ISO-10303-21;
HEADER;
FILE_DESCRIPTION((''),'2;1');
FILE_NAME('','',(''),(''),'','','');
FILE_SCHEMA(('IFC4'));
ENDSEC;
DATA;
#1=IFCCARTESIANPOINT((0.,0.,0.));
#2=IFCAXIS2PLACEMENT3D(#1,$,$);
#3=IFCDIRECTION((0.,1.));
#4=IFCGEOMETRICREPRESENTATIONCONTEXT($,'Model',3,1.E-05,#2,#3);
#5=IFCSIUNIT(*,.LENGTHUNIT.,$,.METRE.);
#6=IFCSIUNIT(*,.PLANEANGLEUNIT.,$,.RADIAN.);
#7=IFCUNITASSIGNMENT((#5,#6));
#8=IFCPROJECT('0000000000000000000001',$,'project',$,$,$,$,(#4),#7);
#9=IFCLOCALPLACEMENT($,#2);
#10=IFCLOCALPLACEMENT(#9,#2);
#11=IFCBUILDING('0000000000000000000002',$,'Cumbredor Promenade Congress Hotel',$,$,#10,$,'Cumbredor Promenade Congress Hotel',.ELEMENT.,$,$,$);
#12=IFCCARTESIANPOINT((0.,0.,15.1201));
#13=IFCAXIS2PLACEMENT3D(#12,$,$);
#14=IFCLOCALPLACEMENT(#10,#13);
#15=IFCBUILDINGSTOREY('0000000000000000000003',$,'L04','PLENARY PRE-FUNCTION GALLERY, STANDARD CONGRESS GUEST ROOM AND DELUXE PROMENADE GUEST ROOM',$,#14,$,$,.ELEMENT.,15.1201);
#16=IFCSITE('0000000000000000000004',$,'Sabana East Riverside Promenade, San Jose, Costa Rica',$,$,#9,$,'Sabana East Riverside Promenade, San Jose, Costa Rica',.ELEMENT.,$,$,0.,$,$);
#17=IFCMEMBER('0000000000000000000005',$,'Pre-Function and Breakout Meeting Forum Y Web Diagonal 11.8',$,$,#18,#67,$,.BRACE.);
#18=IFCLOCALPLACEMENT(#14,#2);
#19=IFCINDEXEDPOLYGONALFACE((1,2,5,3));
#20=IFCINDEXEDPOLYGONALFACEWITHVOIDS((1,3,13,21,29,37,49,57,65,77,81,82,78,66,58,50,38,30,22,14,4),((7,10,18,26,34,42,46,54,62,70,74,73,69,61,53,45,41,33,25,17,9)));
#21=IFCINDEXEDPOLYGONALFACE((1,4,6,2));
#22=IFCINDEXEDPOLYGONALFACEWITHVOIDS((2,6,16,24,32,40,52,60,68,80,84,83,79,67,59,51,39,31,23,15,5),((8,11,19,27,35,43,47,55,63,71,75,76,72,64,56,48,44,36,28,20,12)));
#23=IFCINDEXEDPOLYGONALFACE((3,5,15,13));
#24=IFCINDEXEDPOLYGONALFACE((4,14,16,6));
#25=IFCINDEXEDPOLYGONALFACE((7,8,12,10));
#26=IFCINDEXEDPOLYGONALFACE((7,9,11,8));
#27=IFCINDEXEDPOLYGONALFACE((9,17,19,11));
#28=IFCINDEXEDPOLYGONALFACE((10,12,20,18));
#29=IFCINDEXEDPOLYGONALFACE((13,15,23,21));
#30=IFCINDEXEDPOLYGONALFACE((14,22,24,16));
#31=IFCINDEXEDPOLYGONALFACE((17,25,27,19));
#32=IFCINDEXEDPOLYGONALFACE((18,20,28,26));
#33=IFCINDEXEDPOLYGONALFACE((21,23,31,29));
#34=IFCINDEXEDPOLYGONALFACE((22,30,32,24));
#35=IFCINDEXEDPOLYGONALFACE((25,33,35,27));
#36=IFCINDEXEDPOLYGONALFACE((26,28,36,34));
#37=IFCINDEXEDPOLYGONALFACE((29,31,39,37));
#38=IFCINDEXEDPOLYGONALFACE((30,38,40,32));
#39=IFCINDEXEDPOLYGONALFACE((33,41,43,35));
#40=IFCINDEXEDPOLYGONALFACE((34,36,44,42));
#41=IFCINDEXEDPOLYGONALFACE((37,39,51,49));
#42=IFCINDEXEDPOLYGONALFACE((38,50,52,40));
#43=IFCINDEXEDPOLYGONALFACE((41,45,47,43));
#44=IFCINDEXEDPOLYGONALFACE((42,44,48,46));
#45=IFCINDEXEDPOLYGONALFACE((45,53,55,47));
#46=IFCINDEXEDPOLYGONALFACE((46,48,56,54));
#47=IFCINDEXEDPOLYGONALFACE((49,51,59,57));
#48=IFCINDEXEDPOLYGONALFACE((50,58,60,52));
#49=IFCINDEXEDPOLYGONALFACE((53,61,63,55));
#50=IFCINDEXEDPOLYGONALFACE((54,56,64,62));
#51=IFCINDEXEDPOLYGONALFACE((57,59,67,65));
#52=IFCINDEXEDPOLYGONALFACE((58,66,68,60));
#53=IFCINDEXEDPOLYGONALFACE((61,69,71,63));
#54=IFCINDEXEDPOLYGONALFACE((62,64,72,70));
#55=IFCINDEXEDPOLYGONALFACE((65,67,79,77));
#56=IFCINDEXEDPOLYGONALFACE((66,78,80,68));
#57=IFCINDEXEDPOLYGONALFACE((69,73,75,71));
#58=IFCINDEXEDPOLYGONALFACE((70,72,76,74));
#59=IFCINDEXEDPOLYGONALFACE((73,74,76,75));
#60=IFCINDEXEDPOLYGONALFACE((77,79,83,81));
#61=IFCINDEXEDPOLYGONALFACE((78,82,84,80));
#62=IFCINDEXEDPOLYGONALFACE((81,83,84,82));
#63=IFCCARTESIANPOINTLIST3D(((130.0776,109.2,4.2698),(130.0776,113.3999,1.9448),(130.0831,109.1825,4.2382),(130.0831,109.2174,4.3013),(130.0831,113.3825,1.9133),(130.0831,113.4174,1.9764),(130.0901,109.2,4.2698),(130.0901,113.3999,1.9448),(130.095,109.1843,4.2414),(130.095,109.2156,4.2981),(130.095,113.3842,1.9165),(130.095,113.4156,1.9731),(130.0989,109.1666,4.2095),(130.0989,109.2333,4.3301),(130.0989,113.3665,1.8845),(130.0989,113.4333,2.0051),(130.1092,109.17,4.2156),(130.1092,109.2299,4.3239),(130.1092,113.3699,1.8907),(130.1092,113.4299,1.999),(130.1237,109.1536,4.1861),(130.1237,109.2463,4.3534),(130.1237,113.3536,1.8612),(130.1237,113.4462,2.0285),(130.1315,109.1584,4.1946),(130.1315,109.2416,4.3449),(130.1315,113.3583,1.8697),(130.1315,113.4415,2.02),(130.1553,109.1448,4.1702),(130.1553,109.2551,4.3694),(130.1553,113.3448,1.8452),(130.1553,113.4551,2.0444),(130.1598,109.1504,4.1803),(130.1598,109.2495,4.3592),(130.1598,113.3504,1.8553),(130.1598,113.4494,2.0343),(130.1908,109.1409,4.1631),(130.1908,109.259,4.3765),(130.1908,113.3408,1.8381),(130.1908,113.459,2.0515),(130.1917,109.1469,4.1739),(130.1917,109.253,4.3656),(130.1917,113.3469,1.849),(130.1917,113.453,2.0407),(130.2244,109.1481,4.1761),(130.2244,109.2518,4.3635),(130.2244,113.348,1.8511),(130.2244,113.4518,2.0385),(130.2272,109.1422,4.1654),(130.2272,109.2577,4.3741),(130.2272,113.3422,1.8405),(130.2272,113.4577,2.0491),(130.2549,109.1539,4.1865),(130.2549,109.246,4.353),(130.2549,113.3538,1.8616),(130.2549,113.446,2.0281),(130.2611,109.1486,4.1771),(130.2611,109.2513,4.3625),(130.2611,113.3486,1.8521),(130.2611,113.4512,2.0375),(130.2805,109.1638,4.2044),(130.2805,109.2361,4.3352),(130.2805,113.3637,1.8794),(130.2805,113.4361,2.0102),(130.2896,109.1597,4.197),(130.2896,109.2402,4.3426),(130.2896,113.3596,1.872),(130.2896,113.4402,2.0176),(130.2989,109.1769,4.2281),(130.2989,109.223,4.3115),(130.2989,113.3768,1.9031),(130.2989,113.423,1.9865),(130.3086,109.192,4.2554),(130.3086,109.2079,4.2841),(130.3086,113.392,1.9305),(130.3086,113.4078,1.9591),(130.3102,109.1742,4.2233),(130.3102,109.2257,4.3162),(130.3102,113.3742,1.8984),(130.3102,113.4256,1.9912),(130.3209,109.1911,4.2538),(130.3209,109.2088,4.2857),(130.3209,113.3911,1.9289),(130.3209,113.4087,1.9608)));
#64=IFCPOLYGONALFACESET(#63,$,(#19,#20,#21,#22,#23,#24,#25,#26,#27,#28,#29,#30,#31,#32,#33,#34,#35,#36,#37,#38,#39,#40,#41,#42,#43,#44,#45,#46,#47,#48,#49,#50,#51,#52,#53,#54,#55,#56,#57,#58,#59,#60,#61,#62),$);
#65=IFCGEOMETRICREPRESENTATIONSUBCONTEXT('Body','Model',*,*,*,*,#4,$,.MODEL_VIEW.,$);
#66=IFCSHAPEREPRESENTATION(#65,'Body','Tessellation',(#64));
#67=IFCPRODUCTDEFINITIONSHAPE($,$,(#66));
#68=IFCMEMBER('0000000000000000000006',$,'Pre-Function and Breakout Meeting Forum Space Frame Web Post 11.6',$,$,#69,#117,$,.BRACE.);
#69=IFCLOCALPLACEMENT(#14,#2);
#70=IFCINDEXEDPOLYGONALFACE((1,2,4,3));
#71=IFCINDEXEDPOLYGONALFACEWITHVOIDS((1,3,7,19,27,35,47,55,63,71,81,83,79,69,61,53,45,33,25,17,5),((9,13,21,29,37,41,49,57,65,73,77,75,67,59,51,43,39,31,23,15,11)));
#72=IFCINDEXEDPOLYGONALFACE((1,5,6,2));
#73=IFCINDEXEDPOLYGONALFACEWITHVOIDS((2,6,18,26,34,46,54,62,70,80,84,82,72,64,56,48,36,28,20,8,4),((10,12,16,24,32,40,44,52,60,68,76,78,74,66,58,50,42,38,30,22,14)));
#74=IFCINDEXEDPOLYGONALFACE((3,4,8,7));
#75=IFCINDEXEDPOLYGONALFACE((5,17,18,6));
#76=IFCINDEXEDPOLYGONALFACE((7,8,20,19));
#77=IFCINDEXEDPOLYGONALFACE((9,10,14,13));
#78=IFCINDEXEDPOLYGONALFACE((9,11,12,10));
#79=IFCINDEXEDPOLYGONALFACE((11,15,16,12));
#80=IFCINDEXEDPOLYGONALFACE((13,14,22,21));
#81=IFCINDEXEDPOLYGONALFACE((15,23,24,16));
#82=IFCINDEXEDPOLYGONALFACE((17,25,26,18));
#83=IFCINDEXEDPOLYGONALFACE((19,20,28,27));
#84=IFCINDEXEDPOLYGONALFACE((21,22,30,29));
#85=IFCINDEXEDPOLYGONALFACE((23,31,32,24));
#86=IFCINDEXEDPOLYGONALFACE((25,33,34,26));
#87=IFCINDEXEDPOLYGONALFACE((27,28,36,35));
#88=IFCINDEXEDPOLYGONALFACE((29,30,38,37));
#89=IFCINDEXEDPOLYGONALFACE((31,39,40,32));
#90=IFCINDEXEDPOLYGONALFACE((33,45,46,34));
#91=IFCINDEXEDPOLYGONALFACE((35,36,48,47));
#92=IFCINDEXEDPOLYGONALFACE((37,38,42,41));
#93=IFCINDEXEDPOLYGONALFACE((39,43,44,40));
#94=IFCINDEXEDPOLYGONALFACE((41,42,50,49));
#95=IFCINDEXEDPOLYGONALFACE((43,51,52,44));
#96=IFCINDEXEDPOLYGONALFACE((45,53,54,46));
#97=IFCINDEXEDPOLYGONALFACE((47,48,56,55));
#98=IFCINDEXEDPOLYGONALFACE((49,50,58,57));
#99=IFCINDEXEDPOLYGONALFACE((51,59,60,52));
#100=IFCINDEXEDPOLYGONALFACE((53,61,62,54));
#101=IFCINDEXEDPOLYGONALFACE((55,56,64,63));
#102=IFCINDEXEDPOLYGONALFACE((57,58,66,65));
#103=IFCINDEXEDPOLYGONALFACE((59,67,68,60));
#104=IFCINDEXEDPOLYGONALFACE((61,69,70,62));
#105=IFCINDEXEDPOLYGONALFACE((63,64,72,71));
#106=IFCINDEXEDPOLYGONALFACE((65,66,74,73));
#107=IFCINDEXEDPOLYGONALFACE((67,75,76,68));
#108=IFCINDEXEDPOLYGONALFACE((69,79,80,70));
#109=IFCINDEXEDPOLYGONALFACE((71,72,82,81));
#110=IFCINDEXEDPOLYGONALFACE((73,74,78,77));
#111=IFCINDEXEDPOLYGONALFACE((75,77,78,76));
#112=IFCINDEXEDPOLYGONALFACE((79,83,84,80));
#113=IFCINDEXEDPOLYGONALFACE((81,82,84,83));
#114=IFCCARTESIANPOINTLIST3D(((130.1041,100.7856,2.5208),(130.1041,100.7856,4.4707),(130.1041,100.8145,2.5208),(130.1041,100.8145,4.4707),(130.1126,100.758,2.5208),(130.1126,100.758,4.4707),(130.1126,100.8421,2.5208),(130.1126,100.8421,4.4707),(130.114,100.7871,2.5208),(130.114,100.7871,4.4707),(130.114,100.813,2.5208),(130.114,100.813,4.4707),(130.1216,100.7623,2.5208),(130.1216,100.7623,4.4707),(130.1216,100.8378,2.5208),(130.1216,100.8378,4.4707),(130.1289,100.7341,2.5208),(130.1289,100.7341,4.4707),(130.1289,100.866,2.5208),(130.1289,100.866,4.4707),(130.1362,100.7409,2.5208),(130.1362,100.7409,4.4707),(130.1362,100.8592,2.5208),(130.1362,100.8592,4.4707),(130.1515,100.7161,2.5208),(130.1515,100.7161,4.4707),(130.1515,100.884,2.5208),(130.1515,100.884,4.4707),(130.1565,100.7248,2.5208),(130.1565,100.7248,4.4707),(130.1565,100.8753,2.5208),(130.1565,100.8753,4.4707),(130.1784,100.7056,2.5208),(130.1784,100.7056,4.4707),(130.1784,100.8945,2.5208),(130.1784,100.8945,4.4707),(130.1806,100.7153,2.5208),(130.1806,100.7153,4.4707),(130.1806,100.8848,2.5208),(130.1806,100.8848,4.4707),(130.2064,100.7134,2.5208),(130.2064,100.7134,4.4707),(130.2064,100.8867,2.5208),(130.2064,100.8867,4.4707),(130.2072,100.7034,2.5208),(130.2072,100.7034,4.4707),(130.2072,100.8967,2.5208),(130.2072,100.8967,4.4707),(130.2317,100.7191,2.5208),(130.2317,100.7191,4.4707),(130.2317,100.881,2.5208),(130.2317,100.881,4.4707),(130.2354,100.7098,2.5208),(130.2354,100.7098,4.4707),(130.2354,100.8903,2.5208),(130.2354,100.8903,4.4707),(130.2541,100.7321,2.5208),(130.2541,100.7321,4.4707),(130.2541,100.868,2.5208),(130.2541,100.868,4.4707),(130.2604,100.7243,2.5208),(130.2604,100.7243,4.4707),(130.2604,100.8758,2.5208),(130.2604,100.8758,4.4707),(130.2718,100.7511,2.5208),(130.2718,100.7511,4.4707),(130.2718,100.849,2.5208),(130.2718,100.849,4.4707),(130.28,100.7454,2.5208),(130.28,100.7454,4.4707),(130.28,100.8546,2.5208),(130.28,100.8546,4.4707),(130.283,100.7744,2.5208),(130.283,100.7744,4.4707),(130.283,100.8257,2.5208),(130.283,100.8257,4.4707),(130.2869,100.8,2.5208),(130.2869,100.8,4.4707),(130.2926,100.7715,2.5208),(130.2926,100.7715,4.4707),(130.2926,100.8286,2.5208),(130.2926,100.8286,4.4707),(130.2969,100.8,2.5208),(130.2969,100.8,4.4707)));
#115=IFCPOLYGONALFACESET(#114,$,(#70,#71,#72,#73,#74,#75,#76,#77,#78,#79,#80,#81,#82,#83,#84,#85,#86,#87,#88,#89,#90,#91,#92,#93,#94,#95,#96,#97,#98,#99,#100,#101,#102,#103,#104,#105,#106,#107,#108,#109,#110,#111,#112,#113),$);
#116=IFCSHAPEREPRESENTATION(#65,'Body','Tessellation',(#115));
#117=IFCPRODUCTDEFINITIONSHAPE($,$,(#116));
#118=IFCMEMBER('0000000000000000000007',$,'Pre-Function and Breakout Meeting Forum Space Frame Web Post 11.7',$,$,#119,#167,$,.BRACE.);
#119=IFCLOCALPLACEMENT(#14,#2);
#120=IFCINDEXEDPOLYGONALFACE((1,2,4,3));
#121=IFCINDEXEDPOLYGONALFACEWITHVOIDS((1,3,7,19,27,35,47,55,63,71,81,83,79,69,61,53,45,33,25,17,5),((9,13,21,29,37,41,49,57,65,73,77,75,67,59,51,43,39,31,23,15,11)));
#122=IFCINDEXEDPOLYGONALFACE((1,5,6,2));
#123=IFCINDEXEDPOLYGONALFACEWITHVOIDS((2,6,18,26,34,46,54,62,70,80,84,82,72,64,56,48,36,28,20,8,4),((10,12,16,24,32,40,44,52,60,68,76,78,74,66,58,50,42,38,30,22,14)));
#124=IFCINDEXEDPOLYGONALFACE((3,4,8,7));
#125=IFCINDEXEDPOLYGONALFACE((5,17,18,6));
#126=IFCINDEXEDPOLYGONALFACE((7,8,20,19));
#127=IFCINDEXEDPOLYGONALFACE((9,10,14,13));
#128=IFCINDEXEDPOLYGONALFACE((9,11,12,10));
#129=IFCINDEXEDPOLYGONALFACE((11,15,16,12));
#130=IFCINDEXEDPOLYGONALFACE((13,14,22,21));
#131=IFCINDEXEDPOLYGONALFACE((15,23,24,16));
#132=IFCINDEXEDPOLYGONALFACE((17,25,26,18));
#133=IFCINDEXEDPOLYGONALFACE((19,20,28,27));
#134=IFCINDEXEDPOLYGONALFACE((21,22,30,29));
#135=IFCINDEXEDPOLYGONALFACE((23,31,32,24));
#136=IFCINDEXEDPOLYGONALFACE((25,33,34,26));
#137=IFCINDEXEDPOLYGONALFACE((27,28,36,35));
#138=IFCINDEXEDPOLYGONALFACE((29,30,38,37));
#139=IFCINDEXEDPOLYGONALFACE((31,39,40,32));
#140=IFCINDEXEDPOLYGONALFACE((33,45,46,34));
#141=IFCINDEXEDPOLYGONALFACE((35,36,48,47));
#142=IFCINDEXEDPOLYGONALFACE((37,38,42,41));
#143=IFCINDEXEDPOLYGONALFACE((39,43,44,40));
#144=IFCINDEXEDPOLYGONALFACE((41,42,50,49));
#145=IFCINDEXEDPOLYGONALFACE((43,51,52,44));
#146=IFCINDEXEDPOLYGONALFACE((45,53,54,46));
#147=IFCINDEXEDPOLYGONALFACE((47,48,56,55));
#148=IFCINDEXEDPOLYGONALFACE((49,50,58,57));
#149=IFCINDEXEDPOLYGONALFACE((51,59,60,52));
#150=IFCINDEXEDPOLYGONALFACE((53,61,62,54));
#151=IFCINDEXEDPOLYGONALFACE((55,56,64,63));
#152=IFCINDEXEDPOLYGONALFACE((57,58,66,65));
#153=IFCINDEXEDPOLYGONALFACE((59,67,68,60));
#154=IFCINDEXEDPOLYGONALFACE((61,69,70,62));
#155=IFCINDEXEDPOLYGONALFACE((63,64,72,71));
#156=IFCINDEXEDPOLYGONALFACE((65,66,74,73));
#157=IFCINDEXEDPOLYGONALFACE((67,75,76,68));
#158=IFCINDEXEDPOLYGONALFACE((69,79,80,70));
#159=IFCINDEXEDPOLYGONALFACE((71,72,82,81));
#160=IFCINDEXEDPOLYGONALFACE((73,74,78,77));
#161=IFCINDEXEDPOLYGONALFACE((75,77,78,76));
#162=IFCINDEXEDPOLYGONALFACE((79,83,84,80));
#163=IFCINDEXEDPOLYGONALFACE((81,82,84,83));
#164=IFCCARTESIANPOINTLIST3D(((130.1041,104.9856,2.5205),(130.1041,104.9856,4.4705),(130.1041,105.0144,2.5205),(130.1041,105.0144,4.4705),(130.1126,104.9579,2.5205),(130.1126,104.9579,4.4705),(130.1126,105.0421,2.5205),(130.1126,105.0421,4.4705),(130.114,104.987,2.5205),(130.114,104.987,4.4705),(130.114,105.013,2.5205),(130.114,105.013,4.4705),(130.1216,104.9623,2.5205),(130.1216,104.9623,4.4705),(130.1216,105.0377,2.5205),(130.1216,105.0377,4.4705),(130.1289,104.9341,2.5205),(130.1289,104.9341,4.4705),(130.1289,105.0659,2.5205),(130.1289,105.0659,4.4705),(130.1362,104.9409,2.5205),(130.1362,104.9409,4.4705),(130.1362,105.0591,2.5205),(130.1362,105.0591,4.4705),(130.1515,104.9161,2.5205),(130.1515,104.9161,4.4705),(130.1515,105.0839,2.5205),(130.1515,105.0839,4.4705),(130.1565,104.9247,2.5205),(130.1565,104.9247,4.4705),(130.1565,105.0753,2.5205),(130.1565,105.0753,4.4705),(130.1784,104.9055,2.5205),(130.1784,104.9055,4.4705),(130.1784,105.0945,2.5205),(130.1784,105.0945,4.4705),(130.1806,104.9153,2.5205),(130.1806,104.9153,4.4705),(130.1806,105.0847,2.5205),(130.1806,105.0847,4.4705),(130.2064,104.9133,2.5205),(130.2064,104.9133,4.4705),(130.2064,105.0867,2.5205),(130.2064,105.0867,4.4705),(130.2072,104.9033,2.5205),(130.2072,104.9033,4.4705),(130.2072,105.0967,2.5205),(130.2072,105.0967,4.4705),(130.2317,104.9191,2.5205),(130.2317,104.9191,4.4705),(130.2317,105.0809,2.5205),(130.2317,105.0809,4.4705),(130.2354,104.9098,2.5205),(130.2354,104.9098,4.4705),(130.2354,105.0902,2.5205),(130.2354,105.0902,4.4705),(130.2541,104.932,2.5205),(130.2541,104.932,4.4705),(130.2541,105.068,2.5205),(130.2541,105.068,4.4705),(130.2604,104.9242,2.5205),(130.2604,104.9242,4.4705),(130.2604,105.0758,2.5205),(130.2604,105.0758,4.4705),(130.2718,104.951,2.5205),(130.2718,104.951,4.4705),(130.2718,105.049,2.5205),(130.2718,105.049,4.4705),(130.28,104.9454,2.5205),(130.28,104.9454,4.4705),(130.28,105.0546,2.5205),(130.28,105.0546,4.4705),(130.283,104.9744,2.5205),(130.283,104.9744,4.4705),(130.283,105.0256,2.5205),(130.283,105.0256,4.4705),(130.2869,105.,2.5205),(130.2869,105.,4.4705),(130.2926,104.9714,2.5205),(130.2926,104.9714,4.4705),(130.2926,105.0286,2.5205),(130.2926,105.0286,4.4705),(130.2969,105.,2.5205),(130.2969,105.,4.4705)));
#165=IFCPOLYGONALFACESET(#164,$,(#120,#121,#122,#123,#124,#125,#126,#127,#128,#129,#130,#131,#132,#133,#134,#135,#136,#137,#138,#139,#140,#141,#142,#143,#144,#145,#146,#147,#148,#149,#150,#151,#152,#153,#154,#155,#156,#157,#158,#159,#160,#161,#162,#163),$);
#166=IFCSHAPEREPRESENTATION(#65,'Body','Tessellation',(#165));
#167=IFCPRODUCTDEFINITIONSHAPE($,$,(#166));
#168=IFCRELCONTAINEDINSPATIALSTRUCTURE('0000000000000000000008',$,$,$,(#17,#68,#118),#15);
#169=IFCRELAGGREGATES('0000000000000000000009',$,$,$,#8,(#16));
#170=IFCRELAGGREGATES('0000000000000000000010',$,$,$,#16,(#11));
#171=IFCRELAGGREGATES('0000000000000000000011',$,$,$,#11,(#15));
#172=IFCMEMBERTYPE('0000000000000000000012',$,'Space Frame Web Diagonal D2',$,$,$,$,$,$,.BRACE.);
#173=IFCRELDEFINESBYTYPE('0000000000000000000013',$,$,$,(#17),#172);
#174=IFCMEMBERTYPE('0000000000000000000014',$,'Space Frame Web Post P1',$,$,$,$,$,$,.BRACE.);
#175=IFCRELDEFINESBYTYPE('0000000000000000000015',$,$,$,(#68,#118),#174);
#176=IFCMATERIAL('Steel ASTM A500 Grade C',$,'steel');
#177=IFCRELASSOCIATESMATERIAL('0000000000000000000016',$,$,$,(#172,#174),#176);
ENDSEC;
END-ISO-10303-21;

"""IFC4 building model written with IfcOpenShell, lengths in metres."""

from ifc_helpers import new_model, si_unit, direction, frame, origin, origin_2d, place, context, subcontext, project, spatial, hollow_circle, extrude, material, material_profile, profile_set, type_object, element, save


model = new_model("IFC4")

# Units and contexts
model_context = context("Model", 3, precision=1e-05, world=origin(), true_north=direction((0.0, 1.0)))
body_context = subcontext(model_context, "Body", "Model", "MODEL_VIEW")
ifc_project = project(units=[si_unit("LENGTHUNIT", "METRE"), si_unit("PLANEANGLEUNIT", "RADIAN")], contexts=[model_context])

# Site, building, storey
site_placement = place(None, origin())
site = spatial("IfcSite", under=ifc_project, at=site_placement, Name="Sabana East Riverside Promenade, San Jose, Costa Rica", LongName="Sabana East Riverside Promenade, San Jose, Costa Rica", CompositionType="ELEMENT", RefElevation=0.0)
building_placement = place(site_placement, origin())
building = spatial("IfcBuilding", under=site, at=building_placement, Name="Cumbredor Promenade Congress Hotel", LongName="Cumbredor Promenade Congress Hotel", CompositionType="ELEMENT")
storey_placement = place(building_placement, frame((0.0, 0.0, 15.1201)))
storey = spatial("IfcBuildingStorey", under=building, at=storey_placement, Name="L04", Description="PLENARY PRE-FUNCTION GALLERY, STANDARD CONGRESS GUEST ROOM AND DELUXE PROMENADE GUEST ROOM", CompositionType="ELEMENT", Elevation=15.1201)

# Members
ifc_material_1 = material(Name="Steel ASTM A500 Grade C", Category="steel")
ifc_material_profile_1 = material_profile(ifc_material_1, hollow_circle(Radius=0.1223, WallThickness=0.0125, at=origin_2d()), Name="CHS 244.5x12.5")
ifc_profile_set_1 = profile_set([ifc_material_profile_1], Name="Steel ASTM A500 Grade C")
member_type_1 = type_object("IfcMemberType", Name="Space Frame Web Diagonal D2", PredefinedType="BRACE", material=ifc_profile_set_1)
member_1_placement = place(storey_placement, frame((130.2, 109.2, 4.2698), z_axis=(0.0, 0.874895, -0.484312), x_axis=(-1.0, 0.0, 0.0)))
element("IfcMember", 1, at=member_1_placement, inside=storey, type_object=member_type_1, Name="Pre-Function and Breakout Meeting Forum Y Web Diagonal 11.8", PredefinedType="BRACE", context=body_context, shape_type="SweptSolid", body=[
    extrude(hollow_circle(Radius=0.1223, WallThickness=0.0125, at=origin_2d()), origin(), (0.0, 0.0, 1.0), 4.8005),
])
ifc_material_profile_2 = material_profile(ifc_material_1, hollow_circle(Radius=0.0969, WallThickness=0.01, at=origin_2d()), Name="CHS 193.7x10")
ifc_profile_set_2 = profile_set([ifc_material_profile_2], Name="Steel ASTM A500 Grade C")
member_type_2 = type_object("IfcMemberType", Name="Space Frame Web Post P1", PredefinedType="BRACE", material=ifc_profile_set_2)
for number, where, z_axis, x_axis, name in (
    (2, (130.2, 100.8, 2.5208), (0.0, 0.0, 1.0), (1.0, 0.0, 0.0), "Pre-Function and Breakout Meeting Forum Space Frame Web Post 11.6"),
    (3, (130.2, 105.0, 2.5205), (0.0, 0.0, 1.0), (1.0, 0.0, 0.0), "Pre-Function and Breakout Meeting Forum Space Frame Web Post 11.7"),
):
    element("IfcMember", number, at=place(storey_placement, frame(where, z_axis=z_axis, x_axis=x_axis)), inside=storey, type_object=member_type_2, Name=name, PredefinedType="BRACE", context=body_context, shape_type="SweptSolid", body=[
        extrude(hollow_circle(Radius=0.0969, WallThickness=0.01, at=origin_2d()), origin(), (0.0, 0.0, 1.0), 1.95),
    ])

save(model, "model.ifc")
